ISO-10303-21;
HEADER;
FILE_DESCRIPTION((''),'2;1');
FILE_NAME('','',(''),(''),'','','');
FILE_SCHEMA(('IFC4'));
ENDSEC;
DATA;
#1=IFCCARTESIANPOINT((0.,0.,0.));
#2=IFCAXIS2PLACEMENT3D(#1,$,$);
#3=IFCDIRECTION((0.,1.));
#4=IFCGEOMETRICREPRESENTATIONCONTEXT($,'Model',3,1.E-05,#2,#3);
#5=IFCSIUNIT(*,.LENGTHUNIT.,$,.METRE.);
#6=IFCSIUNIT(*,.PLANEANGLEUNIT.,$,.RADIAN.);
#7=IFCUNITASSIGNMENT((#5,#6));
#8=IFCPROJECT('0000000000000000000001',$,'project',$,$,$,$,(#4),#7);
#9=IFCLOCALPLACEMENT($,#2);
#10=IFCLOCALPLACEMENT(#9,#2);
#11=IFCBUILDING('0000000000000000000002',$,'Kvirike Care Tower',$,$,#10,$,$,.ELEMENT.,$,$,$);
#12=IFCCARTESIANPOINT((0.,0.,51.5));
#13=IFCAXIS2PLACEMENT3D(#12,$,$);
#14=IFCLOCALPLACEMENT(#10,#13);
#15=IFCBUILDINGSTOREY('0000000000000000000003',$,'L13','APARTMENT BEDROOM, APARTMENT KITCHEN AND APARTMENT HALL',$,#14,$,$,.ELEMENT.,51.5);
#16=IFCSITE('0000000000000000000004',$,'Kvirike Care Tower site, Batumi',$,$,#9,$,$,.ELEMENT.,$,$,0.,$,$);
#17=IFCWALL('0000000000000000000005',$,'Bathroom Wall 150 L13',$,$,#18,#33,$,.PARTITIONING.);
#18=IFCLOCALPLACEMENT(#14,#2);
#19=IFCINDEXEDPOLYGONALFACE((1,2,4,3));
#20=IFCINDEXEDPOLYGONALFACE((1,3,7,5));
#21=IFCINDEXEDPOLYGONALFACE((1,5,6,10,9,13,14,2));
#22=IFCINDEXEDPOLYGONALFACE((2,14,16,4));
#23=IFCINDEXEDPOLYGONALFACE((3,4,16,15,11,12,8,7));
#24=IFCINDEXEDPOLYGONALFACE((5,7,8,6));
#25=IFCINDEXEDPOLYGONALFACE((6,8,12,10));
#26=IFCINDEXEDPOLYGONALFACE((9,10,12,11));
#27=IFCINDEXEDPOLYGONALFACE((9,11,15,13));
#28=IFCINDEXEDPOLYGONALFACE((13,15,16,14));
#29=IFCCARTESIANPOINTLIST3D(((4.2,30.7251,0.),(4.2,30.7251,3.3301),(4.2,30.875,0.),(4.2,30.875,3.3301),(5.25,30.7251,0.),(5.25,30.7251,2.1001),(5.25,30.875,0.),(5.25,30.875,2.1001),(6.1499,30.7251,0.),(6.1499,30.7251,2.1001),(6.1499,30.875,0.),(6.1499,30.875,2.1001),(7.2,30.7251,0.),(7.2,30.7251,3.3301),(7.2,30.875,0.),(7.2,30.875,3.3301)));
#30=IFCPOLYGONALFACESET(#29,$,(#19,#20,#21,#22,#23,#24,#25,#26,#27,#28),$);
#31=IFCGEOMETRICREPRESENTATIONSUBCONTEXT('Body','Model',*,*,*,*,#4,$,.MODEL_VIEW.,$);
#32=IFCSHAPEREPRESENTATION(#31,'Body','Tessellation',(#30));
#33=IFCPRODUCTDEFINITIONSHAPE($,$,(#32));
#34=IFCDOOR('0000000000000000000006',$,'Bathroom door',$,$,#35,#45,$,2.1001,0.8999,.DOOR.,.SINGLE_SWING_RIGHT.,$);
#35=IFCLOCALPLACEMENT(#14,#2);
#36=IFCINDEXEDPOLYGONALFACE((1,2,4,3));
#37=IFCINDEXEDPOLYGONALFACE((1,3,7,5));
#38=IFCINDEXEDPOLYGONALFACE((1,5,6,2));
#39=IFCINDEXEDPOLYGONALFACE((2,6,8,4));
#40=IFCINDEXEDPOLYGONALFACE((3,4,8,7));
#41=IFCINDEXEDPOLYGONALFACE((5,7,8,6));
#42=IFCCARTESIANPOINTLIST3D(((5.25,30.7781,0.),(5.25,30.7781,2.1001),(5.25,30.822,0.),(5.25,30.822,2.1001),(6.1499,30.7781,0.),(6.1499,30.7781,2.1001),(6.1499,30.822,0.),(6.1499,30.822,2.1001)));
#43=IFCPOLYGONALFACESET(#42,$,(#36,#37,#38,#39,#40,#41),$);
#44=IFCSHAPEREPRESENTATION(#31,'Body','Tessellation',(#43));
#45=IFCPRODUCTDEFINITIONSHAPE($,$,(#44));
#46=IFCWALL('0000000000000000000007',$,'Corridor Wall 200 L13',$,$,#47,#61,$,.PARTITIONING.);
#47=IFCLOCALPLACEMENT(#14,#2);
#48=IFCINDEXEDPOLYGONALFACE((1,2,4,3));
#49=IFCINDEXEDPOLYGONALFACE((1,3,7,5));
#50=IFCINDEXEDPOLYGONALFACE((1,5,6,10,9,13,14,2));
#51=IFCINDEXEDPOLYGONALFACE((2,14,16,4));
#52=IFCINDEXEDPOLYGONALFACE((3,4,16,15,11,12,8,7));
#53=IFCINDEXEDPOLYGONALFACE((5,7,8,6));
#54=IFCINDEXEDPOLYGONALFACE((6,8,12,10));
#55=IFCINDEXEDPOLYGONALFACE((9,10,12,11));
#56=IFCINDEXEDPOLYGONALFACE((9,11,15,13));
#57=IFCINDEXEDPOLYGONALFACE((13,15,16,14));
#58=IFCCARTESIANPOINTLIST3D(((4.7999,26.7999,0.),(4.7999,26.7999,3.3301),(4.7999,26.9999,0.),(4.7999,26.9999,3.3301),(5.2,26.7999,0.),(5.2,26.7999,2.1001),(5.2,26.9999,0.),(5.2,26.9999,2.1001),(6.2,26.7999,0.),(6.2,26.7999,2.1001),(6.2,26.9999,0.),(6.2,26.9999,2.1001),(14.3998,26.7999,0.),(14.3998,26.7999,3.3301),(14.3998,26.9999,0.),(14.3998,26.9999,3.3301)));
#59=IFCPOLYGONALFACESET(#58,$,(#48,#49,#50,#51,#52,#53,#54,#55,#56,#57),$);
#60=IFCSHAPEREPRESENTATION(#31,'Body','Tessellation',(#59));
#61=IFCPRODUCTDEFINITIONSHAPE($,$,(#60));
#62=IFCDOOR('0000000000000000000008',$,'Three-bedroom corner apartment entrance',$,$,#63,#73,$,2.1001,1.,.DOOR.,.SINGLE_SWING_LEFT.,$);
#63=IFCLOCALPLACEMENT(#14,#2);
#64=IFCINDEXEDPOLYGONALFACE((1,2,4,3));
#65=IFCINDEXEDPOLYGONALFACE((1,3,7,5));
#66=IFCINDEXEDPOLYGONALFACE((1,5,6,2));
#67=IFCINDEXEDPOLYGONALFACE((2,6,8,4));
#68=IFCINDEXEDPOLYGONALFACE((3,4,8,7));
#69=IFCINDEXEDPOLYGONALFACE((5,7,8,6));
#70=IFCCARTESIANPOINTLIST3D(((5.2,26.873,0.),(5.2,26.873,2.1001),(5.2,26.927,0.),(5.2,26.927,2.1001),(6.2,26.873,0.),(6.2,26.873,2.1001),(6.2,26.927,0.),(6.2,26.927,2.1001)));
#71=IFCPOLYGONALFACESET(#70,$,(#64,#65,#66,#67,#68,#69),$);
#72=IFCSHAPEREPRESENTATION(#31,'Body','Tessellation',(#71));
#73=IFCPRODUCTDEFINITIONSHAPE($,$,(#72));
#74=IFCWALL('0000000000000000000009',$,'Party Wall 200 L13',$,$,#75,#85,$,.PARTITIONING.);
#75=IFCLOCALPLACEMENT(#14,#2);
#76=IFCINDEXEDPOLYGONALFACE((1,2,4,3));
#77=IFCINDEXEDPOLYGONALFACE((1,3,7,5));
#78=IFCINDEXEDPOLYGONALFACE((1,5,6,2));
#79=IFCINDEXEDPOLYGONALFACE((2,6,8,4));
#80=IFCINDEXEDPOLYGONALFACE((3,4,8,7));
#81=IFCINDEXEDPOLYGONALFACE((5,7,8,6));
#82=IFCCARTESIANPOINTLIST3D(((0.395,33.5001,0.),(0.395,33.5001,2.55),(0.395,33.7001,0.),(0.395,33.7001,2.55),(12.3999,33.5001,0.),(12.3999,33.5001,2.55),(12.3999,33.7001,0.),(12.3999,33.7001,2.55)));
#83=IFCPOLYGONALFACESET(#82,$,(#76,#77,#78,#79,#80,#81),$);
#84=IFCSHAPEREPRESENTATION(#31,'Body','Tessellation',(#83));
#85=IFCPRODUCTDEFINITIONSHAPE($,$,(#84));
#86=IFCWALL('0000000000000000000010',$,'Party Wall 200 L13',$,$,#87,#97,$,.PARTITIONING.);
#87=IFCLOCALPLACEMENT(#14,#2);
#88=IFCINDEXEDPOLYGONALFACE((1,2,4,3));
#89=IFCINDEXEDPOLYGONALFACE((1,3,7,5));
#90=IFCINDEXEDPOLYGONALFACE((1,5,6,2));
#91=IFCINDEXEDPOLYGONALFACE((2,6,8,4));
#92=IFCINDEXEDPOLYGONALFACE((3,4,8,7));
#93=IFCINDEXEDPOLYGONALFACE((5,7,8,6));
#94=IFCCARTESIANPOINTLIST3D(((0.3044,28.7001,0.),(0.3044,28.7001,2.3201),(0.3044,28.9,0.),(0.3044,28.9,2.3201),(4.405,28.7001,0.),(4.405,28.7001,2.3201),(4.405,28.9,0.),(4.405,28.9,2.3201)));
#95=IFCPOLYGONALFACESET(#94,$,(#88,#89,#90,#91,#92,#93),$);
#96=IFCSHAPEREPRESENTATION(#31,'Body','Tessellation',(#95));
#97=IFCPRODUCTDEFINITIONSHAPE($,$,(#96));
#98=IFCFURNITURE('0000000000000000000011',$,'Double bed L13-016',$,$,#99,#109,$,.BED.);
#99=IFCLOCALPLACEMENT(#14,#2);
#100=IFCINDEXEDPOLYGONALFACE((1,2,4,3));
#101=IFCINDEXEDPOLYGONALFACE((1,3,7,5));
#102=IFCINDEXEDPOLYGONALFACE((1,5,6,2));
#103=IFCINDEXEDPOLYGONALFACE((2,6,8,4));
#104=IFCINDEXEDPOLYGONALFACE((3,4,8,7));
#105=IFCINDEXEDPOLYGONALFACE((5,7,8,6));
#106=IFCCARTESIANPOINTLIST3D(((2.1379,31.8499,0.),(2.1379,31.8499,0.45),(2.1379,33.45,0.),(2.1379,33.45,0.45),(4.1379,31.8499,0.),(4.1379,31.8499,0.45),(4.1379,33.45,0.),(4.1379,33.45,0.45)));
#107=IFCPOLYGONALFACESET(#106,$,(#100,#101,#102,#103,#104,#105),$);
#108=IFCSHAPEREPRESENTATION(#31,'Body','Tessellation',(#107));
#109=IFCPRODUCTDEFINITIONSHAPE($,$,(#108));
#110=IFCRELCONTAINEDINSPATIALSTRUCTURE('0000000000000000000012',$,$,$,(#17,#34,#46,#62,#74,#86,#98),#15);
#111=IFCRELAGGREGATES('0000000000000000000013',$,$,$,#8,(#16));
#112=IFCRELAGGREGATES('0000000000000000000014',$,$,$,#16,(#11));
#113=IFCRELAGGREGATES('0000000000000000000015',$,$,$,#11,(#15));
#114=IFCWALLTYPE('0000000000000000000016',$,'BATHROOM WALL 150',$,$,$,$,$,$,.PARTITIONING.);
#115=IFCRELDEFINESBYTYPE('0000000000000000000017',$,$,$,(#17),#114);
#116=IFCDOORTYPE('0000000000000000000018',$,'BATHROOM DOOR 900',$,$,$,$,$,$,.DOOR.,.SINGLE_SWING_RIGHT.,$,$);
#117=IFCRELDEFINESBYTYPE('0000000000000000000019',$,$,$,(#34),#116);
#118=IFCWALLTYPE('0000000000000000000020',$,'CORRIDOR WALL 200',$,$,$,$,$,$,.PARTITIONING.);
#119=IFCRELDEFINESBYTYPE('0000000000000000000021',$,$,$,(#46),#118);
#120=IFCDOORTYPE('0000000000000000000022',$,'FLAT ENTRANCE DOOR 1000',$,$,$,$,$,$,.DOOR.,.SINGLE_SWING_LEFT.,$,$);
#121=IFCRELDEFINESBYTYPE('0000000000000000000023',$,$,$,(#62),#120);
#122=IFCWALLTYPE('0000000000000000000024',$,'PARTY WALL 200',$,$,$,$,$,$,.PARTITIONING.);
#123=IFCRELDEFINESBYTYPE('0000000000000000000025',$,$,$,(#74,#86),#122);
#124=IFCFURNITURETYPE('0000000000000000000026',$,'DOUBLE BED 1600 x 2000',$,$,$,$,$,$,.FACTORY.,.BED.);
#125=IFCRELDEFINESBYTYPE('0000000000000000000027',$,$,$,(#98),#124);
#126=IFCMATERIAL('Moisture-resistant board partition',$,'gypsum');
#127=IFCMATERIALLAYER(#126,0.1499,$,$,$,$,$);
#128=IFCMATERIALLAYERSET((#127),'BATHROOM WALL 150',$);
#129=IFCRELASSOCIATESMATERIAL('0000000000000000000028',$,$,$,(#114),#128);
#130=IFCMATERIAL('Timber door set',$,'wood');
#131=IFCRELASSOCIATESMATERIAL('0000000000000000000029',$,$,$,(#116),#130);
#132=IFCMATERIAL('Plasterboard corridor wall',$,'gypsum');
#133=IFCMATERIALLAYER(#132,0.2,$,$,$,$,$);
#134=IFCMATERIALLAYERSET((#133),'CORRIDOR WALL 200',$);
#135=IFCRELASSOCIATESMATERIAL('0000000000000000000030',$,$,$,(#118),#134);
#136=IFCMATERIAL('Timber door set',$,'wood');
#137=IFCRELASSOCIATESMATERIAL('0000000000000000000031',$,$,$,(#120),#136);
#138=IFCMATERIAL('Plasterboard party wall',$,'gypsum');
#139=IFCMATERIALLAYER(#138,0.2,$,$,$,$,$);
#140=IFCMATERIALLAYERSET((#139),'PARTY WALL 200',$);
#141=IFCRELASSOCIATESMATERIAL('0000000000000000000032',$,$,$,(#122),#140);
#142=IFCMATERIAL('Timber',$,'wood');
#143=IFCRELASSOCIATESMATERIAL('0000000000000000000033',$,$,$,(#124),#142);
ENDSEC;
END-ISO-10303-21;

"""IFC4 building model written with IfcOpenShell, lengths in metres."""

from ifc_helpers import new_model, si_unit, direction, frame, frame_2d, origin, origin_2d, place, context, subcontext, project, spatial, rectangle, extrude, material, layer, layer_set, type_object, element, fill, save


model = new_model("IFC4")

# Units and contexts
model_context = context("Model", 3, precision=1e-05, world=origin(), true_north=direction((0.0, 1.0)))
body_context = subcontext(model_context, "Body", "Model", "MODEL_VIEW")
ifc_project = project(units=[si_unit("LENGTHUNIT", "METRE"), si_unit("PLANEANGLEUNIT", "RADIAN")], contexts=[model_context])

# Site, building, storey
site_placement = place(None, origin())
site = spatial("IfcSite", under=ifc_project, at=site_placement, Name="Kvirike Care Tower site, Batumi", CompositionType="ELEMENT", RefElevation=0.0)
building_placement = place(site_placement, origin())
building = spatial("IfcBuilding", under=site, at=building_placement, Name="Kvirike Care Tower", CompositionType="ELEMENT")
storey_placement = place(building_placement, frame((0.0, 0.0, 51.5)))
storey = spatial("IfcBuildingStorey", under=building, at=storey_placement, Name="L13", Description="APARTMENT BEDROOM, APARTMENT KITCHEN AND APARTMENT HALL", CompositionType="ELEMENT", Elevation=51.5)

# Walls, openings, doors
ifc_material_1 = material(Name="Moisture-resistant board partition", Category="gypsum")
ifc_layer_1 = layer(ifc_material_1, 0.1499)
ifc_layer_set_1 = layer_set([ifc_layer_1], Name="BATHROOM WALL 150")
wall_type_1 = type_object("IfcWallType", Name="BATHROOM WALL 150", PredefinedType="PARTITIONING", material=ifc_layer_set_1)
wall_1_placement = place(storey_placement, frame((4.2, 30.8, 0.0), z_axis=(0.0, 0.0, 1.0), x_axis=(1.0, 0.0, 0.0)))
wall_1 = element("IfcWall", 1, at=wall_1_placement, inside=storey, type_object=wall_type_1, Name="Bathroom Wall 150 L13", PredefinedType="PARTITIONING", context=body_context, shape_type="SweptSolid", body=[
    extrude(rectangle(XDim=3.0, YDim=0.1499, at=frame_2d((1.5, 0.0))), origin(), (0.0, 0.0, 1.0), 3.3301),
])
opening_1_placement = place(wall_1_placement, frame((1.05, 0.0, 0.0)))
opening_1 = element("IfcOpeningElement", 2, at=opening_1_placement, cuts=wall_1, PredefinedType="OPENING", context=body_context, shape_type="SweptSolid", body=[
    extrude(rectangle(XDim=0.8999, YDim=2.1001, at=frame_2d((0.45, 1.05))), frame((0.0, 0.0854, 0.0), z_axis=(0.0, -1.0, 0.0), x_axis=(1.0, 0.0, 0.0)), (0.0, 0.0, 1.0), 0.1709),
])
ifc_material_2 = material(Name="Timber door set", Category="wood")
door_type_1 = type_object("IfcDoorType", Name="BATHROOM DOOR 900", OperationType="SINGLE_SWING_RIGHT", PredefinedType="DOOR", material=ifc_material_2)
door_1_placement = place(opening_1_placement, origin())
door_1 = element("IfcDoor", 3, at=door_1_placement, inside=storey, type_object=door_type_1, Name="Bathroom door", OperationType="SINGLE_SWING_RIGHT", OverallHeight=2.1001, OverallWidth=0.8999, PredefinedType="DOOR", context=body_context, shape_type="SweptSolid", body=[
    extrude(rectangle(XDim=0.8999, YDim=2.1001, at=frame_2d((0.45, 1.05))), frame((0.0, 0.022, 0.0), z_axis=(0.0, -1.0, 0.0), x_axis=(1.0, 0.0, 0.0)), (0.0, 0.0, 1.0), 0.0439),
])
fill(opening_1, door_1)
ifc_material_3 = material(Name="Plasterboard corridor wall", Category="gypsum")
ifc_layer_2 = layer(ifc_material_3, 0.2)
ifc_layer_set_2 = layer_set([ifc_layer_2], Name="CORRIDOR WALL 200")
wall_type_2 = type_object("IfcWallType", Name="CORRIDOR WALL 200", PredefinedType="PARTITIONING", material=ifc_layer_set_2)
wall_2_placement = place(storey_placement, frame((4.8, 26.8999, 0.0), z_axis=(0.0, 0.0, 1.0), x_axis=(1.0, 0.0, 0.0)))
wall_2 = element("IfcWall", 4, at=wall_2_placement, inside=storey, type_object=wall_type_2, Name="Corridor Wall 200 L13", PredefinedType="PARTITIONING", context=body_context, shape_type="SweptSolid", body=[
    extrude(rectangle(XDim=9.5999, YDim=0.2, at=frame_2d((4.7998, 0.0))), origin(), (0.0, 0.0, 1.0), 3.3301),
])
opening_2_placement = place(wall_2_placement, frame((0.3999, 0.0, 0.0)))
opening_2 = element("IfcOpeningElement", 5, at=opening_2_placement, cuts=wall_2, PredefinedType="OPENING", context=body_context, shape_type="SweptSolid", body=[
    extrude(rectangle(XDim=1.0, YDim=2.1001, at=frame_2d((0.5, 1.05))), frame((0.0, 0.1106, 0.0), z_axis=(0.0, -1.0, 0.0), x_axis=(1.0, 0.0, 0.0)), (0.0, 0.0, 1.0), 0.2209),
])
ifc_material_4 = material(Name="Timber door set", Category="wood")
door_type_2 = type_object("IfcDoorType", Name="FLAT ENTRANCE DOOR 1000", OperationType="SINGLE_SWING_LEFT", PredefinedType="DOOR", material=ifc_material_4)
door_2_placement = place(opening_2_placement, frame((1.0, 0.0, 0.0), z_axis=(0.0, 0.0, 1.0), x_axis=(-1.0, 0.0, 0.0)))
door_2 = element("IfcDoor", 6, at=door_2_placement, inside=storey, type_object=door_type_2, Name="Three-bedroom corner apartment entrance", OperationType="SINGLE_SWING_LEFT", OverallHeight=2.1001, OverallWidth=1.0, PredefinedType="DOOR", context=body_context, shape_type="SweptSolid", body=[
    extrude(rectangle(XDim=1.0, YDim=2.1001, at=frame_2d((0.5, 1.05))), frame((0.0, 0.0269, 0.0), z_axis=(0.0, -1.0, 0.0), x_axis=(1.0, 0.0, 0.0)), (0.0, 0.0, 1.0), 0.054),
])
fill(opening_2, door_2)

# Walls
ifc_material_5 = material(Name="Plasterboard party wall", Category="gypsum")
ifc_layer_3 = layer(ifc_material_5, 0.2)
ifc_layer_set_3 = layer_set([ifc_layer_3], Name="PARTY WALL 200")
wall_type_3 = type_object("IfcWallType", Name="PARTY WALL 200", PredefinedType="PARTITIONING", material=ifc_layer_set_3)
wall_3_placement = place(storey_placement, frame((0.395, 33.6001, 0.0), z_axis=(0.0, 0.0, 1.0), x_axis=(1.0, 0.0, 0.0)))
element("IfcWall", 7, at=wall_3_placement, inside=storey, type_object=wall_type_3, Name="Party Wall 200 L13", PredefinedType="PARTITIONING", context=body_context, shape_type="SweptSolid", body=[
    extrude(rectangle(XDim=12.0049, YDim=0.2, at=frame_2d((6.0024, 0.0))), origin(), (0.0, 0.0, 1.0), 2.55),
])
wall_4_placement = place(storey_placement, frame((4.405, 28.8, 0.0), z_axis=(0.0, 0.0, 1.0), x_axis=(-1.0, 0.0, 0.0)))
element("IfcWall", 8, at=wall_4_placement, inside=storey, type_object=wall_type_3, Name="Party Wall 200 L13", PredefinedType="PARTITIONING", context=body_context, shape_type="SweptSolid", body=[
    extrude(rectangle(XDim=4.1006, YDim=0.2, at=frame_2d((2.0503, 0.0))), origin(), (0.0, 0.0, 1.0), 2.3201),
])

# Furniture
ifc_material_6 = material(Name="Timber", Category="wood")
furniture_type = type_object("IfcFurnitureType", Name="DOUBLE BED 1600 x 2000", AssemblyPlace="FACTORY", PredefinedType="BED", material=ifc_material_6)
furniture_placement = place(storey_placement, frame((3.1379, 32.6499, 0.0), z_axis=(0.0, 0.0, 1.0), x_axis=(0.0, -1.0, 0.0)))
element("IfcFurniture", 9, at=furniture_placement, inside=storey, type_object=furniture_type, Name="Double bed L13-016", PredefinedType="BED", context=body_context, shape_type="SweptSolid", body=[
    extrude(rectangle(XDim=1.6001, YDim=2.0, at=origin_2d()), origin(), (0.0, 0.0, 1.0), 0.45),
])

save(model, "model.ifc")
